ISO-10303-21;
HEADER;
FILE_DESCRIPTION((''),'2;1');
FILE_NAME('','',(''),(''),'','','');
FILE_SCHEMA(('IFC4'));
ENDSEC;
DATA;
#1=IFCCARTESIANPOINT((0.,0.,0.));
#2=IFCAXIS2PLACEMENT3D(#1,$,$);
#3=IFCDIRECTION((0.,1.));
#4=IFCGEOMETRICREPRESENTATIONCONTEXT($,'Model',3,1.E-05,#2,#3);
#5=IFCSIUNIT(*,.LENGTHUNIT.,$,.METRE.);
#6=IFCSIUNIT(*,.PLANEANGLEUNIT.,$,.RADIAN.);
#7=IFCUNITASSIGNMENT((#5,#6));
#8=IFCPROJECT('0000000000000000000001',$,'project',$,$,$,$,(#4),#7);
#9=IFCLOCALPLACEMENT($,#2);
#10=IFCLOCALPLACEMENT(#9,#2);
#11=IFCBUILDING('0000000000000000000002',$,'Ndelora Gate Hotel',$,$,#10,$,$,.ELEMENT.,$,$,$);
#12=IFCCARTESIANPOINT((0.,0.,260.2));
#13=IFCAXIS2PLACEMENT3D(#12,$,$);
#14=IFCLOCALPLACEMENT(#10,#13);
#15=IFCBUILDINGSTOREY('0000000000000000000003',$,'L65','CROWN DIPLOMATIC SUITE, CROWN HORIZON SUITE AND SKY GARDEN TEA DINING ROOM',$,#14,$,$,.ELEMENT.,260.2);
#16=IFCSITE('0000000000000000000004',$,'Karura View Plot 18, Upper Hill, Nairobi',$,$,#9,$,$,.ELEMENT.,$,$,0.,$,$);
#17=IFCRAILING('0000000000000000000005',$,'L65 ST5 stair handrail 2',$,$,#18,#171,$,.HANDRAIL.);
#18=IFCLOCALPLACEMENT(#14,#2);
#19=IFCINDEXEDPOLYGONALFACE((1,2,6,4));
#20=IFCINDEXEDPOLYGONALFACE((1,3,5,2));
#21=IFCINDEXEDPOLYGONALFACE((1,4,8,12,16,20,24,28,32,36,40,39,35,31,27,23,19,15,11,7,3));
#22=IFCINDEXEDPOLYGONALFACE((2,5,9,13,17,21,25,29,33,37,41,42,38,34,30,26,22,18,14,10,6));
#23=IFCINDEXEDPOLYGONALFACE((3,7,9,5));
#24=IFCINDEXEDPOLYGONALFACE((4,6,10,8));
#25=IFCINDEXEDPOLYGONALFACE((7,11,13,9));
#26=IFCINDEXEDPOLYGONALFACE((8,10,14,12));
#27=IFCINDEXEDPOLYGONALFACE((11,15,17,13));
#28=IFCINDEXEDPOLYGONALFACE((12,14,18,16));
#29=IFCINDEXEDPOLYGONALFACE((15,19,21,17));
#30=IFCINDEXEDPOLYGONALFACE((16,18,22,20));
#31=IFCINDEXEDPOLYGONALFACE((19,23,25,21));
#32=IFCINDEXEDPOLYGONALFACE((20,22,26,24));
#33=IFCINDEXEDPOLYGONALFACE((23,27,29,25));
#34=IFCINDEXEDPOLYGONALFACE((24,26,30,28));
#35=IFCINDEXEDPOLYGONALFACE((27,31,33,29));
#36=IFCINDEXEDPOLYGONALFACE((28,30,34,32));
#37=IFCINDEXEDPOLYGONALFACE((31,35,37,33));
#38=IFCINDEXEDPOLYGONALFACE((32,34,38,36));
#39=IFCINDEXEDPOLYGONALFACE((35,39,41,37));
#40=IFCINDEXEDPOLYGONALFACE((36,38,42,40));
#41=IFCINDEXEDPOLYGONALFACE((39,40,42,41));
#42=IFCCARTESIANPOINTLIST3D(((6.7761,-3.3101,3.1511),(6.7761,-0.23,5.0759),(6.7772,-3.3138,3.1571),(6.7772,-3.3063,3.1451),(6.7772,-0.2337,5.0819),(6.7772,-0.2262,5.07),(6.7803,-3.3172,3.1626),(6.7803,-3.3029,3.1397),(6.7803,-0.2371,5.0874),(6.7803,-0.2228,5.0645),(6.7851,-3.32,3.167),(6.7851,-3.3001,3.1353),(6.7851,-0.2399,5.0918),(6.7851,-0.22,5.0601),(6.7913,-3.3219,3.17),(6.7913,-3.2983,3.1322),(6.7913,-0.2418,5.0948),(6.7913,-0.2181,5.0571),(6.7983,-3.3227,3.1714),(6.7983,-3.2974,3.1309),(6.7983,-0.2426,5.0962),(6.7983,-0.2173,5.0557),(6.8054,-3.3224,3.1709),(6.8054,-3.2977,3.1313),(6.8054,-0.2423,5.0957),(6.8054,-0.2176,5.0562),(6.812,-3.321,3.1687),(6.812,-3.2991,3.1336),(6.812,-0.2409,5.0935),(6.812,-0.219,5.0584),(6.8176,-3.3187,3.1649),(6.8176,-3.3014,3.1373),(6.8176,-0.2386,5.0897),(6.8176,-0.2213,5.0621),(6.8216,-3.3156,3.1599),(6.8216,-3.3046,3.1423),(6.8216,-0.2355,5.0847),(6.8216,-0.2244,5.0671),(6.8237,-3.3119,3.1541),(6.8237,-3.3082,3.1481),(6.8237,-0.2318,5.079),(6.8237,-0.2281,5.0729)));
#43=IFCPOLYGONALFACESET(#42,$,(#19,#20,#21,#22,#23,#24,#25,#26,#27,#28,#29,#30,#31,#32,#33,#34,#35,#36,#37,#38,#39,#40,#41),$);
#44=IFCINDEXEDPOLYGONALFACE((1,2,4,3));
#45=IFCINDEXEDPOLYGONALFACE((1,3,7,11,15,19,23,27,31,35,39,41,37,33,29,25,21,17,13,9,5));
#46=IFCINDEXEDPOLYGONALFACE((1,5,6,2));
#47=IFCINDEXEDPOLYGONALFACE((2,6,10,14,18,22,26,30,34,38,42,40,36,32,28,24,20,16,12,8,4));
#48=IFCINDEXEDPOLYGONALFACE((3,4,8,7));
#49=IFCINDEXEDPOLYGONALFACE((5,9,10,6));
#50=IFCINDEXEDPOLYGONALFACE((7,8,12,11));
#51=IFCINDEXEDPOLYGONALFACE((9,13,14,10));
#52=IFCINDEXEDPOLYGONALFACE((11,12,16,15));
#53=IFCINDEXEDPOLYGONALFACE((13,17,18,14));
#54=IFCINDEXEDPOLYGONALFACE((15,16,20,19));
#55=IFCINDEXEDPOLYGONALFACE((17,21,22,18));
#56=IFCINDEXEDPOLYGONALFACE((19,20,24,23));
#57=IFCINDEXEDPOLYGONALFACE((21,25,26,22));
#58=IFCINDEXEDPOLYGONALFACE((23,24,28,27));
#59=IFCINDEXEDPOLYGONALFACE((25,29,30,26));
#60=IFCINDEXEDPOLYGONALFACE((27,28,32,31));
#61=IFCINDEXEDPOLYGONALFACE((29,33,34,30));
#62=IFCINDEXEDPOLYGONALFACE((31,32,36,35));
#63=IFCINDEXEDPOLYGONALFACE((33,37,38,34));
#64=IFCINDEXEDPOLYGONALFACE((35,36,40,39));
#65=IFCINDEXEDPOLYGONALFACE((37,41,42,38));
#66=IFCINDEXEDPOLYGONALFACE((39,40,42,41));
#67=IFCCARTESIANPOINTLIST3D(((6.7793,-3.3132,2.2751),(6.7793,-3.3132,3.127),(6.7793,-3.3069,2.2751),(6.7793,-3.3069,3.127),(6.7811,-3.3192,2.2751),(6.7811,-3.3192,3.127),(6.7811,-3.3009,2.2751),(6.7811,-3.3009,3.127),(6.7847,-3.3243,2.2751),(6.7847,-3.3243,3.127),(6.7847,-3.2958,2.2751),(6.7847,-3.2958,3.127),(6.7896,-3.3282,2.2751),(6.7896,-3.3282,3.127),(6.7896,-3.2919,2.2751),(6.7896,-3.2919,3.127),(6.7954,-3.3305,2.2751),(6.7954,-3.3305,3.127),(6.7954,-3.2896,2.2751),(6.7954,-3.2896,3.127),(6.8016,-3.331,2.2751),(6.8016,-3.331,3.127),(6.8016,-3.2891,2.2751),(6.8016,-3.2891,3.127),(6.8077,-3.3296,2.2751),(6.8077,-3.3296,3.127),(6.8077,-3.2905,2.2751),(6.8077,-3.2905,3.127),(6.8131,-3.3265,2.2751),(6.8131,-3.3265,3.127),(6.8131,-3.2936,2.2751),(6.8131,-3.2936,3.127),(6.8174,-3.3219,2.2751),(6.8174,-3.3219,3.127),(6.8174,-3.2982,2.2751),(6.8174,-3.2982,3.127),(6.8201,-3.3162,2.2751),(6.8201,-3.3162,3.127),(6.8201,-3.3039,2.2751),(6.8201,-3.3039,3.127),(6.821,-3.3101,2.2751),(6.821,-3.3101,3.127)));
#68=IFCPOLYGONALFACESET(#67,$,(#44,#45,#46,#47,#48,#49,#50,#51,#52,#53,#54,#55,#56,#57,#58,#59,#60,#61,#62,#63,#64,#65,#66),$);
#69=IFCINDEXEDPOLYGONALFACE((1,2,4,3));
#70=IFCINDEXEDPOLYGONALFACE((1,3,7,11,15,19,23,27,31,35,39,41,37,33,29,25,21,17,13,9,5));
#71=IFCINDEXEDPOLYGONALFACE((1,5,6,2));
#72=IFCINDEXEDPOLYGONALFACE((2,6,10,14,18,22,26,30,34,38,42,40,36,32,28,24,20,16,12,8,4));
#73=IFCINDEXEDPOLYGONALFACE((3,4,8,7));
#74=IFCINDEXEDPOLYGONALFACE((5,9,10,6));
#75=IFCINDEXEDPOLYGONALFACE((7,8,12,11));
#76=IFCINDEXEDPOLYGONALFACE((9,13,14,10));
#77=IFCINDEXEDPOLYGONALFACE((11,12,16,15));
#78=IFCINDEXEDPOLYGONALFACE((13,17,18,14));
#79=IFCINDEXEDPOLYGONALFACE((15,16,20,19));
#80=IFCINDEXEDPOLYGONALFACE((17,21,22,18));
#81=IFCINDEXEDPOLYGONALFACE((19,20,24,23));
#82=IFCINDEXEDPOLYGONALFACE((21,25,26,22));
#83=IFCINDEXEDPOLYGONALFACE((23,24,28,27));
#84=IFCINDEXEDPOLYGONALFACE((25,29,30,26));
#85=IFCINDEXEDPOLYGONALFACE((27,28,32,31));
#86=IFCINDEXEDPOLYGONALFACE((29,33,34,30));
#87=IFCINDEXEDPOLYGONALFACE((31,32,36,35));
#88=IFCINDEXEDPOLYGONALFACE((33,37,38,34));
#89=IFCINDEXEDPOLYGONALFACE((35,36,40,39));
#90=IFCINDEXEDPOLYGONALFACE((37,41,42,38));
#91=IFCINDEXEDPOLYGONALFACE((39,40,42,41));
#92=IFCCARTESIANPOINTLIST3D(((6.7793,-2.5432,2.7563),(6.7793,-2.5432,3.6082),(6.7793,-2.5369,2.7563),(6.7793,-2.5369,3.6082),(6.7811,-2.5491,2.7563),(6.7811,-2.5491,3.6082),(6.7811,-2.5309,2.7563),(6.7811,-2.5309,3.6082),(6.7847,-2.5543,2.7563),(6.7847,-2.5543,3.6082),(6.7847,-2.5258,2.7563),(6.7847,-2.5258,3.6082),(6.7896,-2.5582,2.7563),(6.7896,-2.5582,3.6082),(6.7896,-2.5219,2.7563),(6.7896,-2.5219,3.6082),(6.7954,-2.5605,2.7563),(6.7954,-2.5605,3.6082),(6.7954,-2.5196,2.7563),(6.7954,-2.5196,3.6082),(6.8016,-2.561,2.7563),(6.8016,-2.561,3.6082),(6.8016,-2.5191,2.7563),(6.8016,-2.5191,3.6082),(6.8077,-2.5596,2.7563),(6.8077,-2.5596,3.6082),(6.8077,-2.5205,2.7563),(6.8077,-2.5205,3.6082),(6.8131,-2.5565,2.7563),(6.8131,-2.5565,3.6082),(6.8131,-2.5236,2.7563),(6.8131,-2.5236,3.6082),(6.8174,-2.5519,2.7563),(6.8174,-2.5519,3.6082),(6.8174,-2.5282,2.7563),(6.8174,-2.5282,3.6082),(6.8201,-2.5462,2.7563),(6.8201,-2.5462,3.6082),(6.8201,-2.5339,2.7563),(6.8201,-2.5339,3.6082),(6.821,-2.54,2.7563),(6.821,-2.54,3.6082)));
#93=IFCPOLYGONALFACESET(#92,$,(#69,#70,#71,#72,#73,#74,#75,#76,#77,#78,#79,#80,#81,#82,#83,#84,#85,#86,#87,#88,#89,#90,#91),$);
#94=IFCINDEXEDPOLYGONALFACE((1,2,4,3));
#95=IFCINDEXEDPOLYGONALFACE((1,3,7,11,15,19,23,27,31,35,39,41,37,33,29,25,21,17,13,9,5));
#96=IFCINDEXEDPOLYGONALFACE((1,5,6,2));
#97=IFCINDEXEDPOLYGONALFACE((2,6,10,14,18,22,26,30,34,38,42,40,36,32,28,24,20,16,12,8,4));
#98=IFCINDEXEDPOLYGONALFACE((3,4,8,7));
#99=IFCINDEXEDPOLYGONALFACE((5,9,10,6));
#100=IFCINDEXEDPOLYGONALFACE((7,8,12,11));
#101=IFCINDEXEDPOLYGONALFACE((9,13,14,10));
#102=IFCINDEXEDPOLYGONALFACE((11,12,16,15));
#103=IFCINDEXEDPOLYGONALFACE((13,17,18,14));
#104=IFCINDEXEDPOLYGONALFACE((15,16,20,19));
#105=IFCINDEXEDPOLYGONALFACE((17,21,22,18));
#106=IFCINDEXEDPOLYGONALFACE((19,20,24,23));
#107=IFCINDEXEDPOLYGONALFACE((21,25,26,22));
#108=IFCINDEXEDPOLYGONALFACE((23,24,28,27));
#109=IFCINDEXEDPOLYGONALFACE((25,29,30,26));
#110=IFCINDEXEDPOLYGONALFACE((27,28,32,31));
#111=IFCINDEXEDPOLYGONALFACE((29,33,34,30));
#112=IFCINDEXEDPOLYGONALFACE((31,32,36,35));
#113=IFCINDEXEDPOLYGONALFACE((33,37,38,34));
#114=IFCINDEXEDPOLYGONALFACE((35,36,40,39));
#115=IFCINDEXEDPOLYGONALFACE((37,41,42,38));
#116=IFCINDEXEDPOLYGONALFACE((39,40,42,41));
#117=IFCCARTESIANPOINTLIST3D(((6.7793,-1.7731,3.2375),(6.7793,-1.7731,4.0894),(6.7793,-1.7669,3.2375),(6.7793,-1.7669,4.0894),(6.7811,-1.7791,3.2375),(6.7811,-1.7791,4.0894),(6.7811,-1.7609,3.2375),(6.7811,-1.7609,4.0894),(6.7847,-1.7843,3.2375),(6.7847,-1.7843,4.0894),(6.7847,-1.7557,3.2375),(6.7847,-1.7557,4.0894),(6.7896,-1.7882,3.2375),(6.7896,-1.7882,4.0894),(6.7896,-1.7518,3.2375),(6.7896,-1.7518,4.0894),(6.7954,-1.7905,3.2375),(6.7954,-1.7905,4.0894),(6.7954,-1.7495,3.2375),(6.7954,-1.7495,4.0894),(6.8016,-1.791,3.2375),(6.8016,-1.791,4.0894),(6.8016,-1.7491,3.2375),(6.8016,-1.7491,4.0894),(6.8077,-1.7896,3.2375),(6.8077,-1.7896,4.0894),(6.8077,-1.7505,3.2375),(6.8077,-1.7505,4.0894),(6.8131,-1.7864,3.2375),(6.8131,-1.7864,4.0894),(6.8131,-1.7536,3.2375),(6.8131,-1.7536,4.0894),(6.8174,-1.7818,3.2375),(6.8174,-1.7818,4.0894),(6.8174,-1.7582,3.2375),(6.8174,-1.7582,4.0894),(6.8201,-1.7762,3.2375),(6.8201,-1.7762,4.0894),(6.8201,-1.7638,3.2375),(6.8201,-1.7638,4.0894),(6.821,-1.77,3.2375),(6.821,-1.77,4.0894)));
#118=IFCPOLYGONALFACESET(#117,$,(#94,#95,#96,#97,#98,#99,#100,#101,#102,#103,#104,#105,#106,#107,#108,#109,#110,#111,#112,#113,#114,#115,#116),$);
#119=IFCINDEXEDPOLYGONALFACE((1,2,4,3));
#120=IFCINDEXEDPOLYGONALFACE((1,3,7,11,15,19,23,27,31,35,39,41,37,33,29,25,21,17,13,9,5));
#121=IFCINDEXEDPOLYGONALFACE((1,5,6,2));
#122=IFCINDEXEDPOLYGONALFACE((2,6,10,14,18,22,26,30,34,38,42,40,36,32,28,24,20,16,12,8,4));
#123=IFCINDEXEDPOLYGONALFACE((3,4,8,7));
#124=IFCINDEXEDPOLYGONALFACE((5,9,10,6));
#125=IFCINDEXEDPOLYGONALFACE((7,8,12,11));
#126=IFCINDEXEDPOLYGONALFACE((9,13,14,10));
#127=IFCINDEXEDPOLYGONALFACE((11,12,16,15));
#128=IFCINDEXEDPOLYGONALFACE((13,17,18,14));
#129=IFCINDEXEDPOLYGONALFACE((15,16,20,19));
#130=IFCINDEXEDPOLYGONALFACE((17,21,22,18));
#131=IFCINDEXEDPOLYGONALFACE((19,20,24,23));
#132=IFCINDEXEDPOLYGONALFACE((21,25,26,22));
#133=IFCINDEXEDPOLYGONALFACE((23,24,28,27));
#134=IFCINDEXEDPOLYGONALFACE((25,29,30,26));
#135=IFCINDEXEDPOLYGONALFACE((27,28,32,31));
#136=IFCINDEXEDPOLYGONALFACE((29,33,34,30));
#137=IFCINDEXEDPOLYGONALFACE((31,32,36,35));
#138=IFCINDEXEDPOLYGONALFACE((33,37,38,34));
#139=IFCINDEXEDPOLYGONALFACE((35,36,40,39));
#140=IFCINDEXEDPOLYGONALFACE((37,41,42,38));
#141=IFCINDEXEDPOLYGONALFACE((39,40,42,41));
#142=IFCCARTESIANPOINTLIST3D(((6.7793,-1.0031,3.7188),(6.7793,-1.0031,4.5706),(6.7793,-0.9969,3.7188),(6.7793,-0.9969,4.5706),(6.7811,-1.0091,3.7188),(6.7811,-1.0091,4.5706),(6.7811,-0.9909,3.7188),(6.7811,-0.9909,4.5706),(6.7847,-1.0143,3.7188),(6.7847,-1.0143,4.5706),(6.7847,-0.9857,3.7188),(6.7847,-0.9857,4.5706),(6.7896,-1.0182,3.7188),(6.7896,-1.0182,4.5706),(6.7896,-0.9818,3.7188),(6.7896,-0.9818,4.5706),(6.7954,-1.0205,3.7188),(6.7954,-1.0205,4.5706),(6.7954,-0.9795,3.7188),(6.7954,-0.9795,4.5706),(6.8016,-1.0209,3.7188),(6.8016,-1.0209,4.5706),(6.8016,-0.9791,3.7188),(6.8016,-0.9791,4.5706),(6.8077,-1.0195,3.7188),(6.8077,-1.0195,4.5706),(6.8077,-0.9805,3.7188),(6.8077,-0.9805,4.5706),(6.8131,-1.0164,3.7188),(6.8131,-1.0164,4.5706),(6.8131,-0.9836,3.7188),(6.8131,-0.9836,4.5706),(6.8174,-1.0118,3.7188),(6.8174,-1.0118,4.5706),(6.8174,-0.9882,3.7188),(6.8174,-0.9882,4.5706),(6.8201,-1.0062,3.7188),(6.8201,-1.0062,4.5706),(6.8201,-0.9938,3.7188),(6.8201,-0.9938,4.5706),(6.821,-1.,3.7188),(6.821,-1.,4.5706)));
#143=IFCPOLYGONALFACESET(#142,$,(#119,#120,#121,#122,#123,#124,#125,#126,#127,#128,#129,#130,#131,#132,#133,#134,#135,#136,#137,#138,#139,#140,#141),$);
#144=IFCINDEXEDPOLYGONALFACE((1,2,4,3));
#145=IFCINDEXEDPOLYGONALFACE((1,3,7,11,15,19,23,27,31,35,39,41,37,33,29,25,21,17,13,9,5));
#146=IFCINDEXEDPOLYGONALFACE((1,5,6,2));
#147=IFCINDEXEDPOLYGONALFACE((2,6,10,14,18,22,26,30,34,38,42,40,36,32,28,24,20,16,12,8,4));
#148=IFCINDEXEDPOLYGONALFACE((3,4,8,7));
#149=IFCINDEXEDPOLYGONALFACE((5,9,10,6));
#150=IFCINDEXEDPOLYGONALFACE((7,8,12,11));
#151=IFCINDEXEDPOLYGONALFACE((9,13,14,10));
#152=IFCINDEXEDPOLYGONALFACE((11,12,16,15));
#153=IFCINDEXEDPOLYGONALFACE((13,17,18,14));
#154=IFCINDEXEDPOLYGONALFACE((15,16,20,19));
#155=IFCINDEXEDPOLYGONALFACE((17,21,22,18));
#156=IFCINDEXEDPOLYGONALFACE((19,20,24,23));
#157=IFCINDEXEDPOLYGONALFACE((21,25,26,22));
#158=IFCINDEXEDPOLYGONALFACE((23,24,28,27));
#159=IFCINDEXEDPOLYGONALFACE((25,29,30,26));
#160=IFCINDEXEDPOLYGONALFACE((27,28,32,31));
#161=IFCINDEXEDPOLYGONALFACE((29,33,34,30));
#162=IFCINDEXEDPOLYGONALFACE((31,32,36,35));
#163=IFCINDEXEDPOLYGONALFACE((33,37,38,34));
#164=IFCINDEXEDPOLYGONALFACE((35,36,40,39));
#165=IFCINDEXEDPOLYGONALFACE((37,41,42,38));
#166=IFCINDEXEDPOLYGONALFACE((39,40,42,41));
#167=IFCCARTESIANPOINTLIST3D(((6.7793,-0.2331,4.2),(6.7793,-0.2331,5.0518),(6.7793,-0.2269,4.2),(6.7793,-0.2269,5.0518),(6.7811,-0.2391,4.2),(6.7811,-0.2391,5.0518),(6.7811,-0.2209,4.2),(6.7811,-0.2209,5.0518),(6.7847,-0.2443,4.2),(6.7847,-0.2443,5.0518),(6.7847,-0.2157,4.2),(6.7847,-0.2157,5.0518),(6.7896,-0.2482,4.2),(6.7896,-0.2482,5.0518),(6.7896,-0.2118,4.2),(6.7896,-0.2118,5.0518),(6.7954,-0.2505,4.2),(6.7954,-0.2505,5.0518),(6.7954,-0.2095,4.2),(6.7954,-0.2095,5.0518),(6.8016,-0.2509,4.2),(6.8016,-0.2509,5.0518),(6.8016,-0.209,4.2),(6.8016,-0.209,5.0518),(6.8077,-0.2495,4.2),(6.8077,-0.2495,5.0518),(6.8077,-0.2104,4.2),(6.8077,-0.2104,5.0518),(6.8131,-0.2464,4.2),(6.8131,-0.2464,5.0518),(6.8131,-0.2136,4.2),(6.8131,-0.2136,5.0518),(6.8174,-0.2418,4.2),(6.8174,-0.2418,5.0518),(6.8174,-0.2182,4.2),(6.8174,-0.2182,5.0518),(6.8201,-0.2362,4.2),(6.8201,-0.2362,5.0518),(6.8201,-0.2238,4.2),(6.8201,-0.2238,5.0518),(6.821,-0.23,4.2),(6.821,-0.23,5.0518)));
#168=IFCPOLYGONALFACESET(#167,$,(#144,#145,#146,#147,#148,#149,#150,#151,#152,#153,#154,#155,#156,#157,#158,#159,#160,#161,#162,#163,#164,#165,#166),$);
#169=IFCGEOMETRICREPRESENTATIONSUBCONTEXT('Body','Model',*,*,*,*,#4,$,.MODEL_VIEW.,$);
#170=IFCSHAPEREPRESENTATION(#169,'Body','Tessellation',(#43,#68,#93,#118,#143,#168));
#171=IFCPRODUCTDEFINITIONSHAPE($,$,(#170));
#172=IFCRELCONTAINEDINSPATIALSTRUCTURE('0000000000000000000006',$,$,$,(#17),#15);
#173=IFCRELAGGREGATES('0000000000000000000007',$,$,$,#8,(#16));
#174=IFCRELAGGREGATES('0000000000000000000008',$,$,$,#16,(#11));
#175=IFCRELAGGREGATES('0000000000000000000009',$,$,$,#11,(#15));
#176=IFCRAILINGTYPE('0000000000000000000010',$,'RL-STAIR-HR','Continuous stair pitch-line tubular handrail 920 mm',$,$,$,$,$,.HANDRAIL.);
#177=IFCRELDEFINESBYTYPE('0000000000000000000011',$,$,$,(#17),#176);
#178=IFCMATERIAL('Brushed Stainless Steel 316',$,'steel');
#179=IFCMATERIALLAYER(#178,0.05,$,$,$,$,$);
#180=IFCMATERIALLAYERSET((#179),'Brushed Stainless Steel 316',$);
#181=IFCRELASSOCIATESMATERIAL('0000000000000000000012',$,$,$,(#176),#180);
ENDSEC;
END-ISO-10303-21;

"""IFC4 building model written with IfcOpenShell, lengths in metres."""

from ifc_helpers import new_model, si_unit, direction, frame, origin, origin_2d, place, context, subcontext, project, spatial, circle, extrude, material, layer, layer_set, type_object, element, save


model = new_model("IFC4")

# Units and contexts
model_context = context("Model", 3, precision=1e-05, world=origin(), true_north=direction((0.0, 1.0)))
body_context = subcontext(model_context, "Body", "Model", "MODEL_VIEW")
ifc_project = project(units=[si_unit("LENGTHUNIT", "METRE"), si_unit("PLANEANGLEUNIT", "RADIAN")], contexts=[model_context])

# Site, building, storey
site_placement = place(None, origin())
site = spatial("IfcSite", under=ifc_project, at=site_placement, Name="Karura View Plot 18, Upper Hill, Nairobi", CompositionType="ELEMENT", RefElevation=0.0)
building_placement = place(site_placement, origin())
building = spatial("IfcBuilding", under=site, at=building_placement, Name="Ndelora Gate Hotel", CompositionType="ELEMENT")
storey_placement = place(building_placement, frame((0.0, 0.0, 260.2)))
storey = spatial("IfcBuildingStorey", under=building, at=storey_placement, Name="L65", Description="CROWN DIPLOMATIC SUITE, CROWN HORIZON SUITE AND SKY GARDEN TEA DINING ROOM", CompositionType="ELEMENT", Elevation=260.2)

# Railing
ifc_material_1 = material(Name="Brushed Stainless Steel 316", Category="steel")
ifc_layer_1 = layer(ifc_material_1, 0.05)
ifc_layer_set_1 = layer_set([ifc_layer_1], Name="Brushed Stainless Steel 316")
railing_type_1 = type_object("IfcRailingType", Name="RL-STAIR-HR", Description="Continuous stair pitch-line tubular handrail 920 mm", PredefinedType="HANDRAIL", material=ifc_layer_set_1)
railing_1_placement = place(storey_placement, frame((6.8, -3.3101, 2.2751)))
element("IfcRailing", 1, at=railing_1_placement, inside=storey, type_object=railing_type_1, Name="L65 ST5 stair handrail 2", PredefinedType="HANDRAIL", context=body_context, shape_type="SweptSolid", body=[
    extrude(circle(Radius=0.0239, at=origin_2d()), frame((0.0, 0.0, 0.876), z_axis=(0.0, 0.848029, 0.529951), x_axis=(-1.0, 0.0, 0.0)), (0.0, 0.0, 1.0), 3.6321),
    extrude(circle(Radius=0.021, at=origin_2d()), origin(), (0.0, 0.0, 1.0), 0.8518),
    extrude(circle(Radius=0.021, at=origin_2d()), frame((0.0, 0.77, 0.4812)), (0.0, 0.0, 1.0), 0.8518),
    extrude(circle(Radius=0.021, at=origin_2d()), frame((0.0, 1.54, 0.9624)), (0.0, 0.0, 1.0), 0.8518),
    extrude(circle(Radius=0.021, at=origin_2d()), frame((0.0, 2.3101, 1.4436)), (0.0, 0.0, 1.0), 0.8518),
    extrude(circle(Radius=0.021, at=origin_2d()), frame((0.0, 3.0801, 1.9248)), (0.0, 0.0, 1.0), 0.8518),
])

save(model, "model.ifc")
